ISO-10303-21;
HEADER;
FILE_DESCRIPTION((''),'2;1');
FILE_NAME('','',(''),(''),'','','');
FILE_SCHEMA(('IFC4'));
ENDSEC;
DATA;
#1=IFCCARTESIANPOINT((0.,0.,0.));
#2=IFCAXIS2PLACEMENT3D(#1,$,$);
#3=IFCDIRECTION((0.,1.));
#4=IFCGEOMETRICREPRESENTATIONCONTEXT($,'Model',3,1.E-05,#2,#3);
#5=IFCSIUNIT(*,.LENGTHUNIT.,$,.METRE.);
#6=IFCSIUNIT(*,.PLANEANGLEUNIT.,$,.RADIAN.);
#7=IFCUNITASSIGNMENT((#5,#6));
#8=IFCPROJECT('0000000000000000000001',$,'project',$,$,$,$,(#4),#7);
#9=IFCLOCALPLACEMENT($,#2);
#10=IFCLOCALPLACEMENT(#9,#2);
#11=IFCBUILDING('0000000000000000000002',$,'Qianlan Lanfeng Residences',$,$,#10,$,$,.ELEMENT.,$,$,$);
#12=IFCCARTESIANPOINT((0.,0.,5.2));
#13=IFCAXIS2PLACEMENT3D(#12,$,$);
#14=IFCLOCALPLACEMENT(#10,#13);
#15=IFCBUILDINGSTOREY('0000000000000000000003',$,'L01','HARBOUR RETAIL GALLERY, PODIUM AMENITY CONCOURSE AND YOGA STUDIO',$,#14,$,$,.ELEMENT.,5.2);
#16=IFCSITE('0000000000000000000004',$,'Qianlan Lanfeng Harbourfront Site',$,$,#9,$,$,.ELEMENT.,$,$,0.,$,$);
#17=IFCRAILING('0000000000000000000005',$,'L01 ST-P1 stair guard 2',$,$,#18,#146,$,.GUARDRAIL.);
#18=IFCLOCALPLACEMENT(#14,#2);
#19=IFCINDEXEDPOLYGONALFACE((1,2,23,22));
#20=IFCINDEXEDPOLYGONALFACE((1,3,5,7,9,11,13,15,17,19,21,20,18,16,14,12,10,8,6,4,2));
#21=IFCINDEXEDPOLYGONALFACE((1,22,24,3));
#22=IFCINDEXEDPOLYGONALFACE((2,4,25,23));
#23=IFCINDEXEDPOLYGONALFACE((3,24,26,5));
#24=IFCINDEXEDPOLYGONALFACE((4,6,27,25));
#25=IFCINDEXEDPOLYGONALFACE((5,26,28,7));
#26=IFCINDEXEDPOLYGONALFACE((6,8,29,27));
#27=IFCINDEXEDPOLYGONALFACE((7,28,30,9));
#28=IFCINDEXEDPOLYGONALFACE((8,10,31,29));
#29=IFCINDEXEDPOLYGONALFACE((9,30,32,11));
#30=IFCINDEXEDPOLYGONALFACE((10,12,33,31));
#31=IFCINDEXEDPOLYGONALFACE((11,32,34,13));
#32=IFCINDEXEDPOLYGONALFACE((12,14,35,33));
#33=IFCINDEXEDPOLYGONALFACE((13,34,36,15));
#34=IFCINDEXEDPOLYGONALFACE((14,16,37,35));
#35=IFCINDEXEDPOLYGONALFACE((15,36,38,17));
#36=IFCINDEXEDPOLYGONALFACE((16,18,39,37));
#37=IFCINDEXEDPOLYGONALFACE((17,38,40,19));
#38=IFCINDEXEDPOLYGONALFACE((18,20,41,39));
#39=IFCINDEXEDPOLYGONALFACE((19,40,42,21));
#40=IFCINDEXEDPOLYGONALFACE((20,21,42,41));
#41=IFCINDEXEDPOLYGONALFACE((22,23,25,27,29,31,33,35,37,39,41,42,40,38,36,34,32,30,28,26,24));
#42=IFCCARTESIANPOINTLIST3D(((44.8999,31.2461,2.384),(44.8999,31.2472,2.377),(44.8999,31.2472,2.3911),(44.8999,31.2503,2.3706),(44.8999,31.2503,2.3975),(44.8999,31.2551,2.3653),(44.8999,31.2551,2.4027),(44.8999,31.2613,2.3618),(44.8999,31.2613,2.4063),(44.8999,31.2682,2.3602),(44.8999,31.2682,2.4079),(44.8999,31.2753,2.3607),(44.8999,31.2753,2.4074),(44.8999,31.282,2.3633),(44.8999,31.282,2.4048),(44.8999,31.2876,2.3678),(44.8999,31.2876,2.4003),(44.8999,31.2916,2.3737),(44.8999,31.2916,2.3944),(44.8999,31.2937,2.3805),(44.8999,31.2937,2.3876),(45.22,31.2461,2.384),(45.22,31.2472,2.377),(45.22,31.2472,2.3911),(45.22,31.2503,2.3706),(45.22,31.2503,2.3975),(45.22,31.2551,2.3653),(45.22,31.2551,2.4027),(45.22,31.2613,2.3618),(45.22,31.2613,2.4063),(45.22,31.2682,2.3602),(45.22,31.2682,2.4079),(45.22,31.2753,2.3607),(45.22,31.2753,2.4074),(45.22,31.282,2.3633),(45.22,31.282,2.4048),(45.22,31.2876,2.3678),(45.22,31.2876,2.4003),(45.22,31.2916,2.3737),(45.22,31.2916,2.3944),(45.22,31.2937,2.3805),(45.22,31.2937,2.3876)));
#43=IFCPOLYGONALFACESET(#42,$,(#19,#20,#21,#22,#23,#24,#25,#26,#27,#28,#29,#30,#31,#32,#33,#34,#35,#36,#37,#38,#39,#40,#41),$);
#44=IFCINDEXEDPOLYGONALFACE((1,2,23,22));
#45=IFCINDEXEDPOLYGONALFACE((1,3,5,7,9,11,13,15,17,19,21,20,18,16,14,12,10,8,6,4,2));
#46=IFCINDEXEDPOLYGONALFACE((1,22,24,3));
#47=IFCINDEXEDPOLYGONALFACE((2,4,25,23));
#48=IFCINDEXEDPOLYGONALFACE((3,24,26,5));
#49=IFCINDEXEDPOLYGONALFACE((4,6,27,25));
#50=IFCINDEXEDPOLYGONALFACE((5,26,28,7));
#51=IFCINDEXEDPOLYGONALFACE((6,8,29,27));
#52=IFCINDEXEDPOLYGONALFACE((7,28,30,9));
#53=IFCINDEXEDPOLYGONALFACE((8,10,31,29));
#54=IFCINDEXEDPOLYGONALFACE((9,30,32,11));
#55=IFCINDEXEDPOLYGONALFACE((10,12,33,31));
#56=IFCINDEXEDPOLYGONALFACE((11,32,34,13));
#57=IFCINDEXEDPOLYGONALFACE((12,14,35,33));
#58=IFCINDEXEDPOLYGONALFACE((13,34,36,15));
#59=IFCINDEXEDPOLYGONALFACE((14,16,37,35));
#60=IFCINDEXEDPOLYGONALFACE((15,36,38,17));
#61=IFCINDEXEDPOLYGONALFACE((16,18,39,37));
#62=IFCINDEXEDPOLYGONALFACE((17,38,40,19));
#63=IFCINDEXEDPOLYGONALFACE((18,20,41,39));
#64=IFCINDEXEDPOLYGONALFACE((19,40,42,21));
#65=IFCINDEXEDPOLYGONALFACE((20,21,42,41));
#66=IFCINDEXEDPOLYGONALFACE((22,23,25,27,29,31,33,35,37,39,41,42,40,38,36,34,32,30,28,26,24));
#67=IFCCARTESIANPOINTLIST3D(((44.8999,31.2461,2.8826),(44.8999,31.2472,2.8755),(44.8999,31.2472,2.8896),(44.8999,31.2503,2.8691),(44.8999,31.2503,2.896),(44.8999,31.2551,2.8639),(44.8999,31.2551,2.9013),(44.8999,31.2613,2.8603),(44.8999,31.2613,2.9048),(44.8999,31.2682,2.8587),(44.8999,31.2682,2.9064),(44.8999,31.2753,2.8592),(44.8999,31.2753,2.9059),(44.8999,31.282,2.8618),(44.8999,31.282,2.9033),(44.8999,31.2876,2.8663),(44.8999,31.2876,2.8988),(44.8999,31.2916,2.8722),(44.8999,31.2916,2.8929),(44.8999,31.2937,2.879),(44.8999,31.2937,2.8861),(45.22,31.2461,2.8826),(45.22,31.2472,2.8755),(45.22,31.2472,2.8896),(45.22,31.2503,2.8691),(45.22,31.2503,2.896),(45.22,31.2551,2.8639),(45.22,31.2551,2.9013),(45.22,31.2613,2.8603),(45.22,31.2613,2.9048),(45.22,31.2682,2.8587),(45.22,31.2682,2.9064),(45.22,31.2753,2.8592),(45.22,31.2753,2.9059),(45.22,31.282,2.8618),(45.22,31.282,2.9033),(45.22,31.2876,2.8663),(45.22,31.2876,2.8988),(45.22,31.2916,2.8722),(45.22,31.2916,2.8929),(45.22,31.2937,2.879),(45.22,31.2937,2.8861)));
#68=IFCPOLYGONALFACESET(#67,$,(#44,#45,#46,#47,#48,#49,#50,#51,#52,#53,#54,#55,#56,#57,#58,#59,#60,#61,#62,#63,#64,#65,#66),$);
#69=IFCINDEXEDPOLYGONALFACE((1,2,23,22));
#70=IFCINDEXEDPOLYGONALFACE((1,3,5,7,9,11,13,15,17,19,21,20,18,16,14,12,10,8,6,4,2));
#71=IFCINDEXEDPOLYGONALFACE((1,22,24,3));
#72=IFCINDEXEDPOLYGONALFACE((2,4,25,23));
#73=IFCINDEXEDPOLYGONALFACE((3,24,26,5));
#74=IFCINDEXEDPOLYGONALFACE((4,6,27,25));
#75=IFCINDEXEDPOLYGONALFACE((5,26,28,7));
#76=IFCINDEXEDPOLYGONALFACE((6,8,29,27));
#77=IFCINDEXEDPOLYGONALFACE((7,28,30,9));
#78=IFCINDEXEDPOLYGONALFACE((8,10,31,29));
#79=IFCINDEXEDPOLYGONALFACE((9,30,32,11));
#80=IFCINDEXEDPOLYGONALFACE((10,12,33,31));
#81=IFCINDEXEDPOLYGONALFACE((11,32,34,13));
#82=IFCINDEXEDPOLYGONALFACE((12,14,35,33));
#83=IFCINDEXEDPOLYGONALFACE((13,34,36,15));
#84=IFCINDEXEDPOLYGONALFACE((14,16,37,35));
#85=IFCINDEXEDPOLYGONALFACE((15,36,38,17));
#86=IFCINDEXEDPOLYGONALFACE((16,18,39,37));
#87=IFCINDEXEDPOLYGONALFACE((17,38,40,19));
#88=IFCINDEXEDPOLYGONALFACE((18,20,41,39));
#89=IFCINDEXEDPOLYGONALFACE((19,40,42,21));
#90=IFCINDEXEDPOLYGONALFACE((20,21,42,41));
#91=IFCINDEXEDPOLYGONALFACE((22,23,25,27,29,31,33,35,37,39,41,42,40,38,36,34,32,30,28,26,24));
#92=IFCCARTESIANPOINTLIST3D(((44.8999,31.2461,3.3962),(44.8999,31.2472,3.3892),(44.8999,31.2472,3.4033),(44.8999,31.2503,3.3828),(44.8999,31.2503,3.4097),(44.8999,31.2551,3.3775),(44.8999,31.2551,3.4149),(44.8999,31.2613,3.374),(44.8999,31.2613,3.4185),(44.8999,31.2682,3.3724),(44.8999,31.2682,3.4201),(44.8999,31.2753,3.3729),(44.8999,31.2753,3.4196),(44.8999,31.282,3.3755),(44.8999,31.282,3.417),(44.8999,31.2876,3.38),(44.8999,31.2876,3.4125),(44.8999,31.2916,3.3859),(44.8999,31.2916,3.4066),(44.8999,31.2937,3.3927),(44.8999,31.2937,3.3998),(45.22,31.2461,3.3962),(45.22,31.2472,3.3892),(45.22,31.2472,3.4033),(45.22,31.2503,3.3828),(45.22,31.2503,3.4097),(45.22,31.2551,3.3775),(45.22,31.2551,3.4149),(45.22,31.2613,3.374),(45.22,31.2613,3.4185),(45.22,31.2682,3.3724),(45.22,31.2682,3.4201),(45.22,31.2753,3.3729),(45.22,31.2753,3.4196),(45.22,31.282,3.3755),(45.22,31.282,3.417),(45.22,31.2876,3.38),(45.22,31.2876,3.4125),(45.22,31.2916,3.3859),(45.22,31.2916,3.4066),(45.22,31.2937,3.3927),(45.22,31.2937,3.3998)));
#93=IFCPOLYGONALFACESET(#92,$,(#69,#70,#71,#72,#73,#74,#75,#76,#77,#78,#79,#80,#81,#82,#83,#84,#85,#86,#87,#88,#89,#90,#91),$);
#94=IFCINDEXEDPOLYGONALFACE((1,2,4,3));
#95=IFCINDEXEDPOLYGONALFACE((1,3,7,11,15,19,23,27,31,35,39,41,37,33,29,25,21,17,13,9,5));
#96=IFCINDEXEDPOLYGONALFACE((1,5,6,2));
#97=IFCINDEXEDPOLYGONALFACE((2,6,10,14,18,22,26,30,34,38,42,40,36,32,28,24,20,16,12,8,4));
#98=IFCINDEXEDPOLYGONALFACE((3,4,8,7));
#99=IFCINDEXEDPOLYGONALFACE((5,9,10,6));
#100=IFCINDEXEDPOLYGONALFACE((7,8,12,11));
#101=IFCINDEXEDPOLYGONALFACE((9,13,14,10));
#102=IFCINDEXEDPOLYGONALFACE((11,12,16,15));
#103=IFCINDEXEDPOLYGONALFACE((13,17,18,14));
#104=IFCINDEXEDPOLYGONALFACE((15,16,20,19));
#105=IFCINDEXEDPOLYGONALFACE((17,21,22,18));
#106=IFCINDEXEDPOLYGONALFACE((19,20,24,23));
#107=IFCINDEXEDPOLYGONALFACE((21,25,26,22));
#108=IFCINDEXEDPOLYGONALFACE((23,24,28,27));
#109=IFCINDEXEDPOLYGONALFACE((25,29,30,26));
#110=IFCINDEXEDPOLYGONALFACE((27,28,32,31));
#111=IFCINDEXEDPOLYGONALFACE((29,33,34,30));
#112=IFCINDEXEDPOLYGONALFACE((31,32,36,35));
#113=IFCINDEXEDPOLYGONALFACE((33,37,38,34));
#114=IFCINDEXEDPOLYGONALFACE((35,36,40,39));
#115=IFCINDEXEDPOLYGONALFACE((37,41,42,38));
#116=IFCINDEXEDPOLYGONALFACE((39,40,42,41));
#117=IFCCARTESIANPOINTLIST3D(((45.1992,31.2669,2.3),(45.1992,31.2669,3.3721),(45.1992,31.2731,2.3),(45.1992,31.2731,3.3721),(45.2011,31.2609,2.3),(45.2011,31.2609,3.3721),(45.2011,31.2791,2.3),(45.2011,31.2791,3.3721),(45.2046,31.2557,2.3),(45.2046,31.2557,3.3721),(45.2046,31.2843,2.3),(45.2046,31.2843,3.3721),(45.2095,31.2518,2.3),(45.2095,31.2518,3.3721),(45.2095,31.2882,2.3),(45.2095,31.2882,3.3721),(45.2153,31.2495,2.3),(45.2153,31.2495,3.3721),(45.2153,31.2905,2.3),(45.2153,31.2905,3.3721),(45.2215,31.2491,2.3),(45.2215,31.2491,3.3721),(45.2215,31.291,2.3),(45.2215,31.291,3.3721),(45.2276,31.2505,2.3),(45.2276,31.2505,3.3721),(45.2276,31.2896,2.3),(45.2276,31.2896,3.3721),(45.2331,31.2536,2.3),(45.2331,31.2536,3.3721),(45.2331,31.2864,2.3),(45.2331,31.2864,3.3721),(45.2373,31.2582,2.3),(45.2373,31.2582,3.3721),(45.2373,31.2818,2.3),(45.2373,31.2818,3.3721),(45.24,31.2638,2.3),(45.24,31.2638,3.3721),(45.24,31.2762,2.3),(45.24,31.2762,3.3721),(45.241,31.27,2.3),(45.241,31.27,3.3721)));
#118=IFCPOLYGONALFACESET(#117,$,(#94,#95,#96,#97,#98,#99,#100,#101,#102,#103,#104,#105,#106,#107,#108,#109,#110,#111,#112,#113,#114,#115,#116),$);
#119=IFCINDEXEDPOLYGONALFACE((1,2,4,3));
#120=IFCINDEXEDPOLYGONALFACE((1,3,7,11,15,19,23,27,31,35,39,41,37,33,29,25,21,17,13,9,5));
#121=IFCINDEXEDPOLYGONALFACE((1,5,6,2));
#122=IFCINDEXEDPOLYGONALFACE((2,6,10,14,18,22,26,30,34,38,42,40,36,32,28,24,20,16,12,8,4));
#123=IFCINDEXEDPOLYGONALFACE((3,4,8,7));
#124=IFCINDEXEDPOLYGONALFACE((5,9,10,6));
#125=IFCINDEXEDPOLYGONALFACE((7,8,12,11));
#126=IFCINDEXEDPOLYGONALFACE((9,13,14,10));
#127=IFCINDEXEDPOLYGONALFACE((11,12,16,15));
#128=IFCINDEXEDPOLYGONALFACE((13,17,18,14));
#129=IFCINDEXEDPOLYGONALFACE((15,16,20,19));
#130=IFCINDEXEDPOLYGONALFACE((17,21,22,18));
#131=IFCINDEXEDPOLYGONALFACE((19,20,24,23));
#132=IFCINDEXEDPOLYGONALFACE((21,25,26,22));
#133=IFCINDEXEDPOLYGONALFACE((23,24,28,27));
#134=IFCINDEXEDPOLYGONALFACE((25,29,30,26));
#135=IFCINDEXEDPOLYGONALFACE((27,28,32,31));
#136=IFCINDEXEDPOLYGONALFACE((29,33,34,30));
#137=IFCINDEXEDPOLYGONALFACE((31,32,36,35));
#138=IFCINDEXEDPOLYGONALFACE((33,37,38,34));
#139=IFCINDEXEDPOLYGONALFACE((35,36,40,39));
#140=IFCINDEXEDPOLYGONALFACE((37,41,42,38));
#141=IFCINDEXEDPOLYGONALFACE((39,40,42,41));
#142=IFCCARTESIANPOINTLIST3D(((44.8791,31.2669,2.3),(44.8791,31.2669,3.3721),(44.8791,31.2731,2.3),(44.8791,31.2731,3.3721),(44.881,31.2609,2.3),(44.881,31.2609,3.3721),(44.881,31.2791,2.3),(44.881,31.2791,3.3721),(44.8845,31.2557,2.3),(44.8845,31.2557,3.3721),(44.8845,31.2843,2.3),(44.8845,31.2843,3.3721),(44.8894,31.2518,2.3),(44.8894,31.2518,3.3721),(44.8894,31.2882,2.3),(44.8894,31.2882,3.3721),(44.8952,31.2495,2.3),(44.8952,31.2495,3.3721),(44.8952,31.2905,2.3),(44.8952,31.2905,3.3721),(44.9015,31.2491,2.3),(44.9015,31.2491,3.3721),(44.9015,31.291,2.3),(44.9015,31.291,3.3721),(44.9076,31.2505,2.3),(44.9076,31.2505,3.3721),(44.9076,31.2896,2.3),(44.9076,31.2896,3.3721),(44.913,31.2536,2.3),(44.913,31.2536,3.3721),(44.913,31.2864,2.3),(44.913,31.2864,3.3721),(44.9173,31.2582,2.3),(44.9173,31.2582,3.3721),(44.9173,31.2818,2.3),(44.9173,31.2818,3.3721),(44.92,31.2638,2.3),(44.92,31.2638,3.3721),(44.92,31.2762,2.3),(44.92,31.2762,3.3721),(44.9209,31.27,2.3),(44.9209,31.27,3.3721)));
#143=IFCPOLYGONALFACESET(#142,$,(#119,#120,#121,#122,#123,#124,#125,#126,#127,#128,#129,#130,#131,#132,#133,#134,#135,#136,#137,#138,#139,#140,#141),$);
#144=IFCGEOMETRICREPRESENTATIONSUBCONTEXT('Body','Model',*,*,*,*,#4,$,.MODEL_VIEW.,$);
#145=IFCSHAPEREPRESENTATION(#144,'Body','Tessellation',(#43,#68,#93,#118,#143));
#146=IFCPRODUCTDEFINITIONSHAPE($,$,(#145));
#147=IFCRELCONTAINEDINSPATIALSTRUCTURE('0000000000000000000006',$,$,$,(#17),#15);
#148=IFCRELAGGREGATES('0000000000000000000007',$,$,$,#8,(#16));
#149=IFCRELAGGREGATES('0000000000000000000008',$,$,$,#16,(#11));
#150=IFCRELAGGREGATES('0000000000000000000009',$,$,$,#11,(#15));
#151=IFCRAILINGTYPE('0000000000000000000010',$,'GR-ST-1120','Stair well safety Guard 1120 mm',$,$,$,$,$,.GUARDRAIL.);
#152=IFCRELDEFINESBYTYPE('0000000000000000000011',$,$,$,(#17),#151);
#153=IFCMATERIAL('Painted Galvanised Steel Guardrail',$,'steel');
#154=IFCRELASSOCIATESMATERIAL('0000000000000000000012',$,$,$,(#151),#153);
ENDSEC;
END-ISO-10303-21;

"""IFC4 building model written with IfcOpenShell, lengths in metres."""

from ifc_helpers import new_model, si_unit, direction, frame, origin, origin_2d, place, context, subcontext, project, spatial, circle, extrude, material, type_object, element, save


model = new_model("IFC4")

# Units and contexts
model_context = context("Model", 3, precision=1e-05, world=origin(), true_north=direction((0.0, 1.0)))
body_context = subcontext(model_context, "Body", "Model", "MODEL_VIEW")
ifc_project = project(units=[si_unit("LENGTHUNIT", "METRE"), si_unit("PLANEANGLEUNIT", "RADIAN")], contexts=[model_context])

# Site, building, storey
site_placement = place(None, origin())
site = spatial("IfcSite", under=ifc_project, at=site_placement, Name="Qianlan Lanfeng Harbourfront Site", CompositionType="ELEMENT", RefElevation=0.0)
building_placement = place(site_placement, origin())
building = spatial("IfcBuilding", under=site, at=building_placement, Name="Qianlan Lanfeng Residences", CompositionType="ELEMENT")
storey_placement = place(building_placement, frame((0.0, 0.0, 5.2)))
storey = spatial("IfcBuildingStorey", under=building, at=storey_placement, Name="L01", Description="HARBOUR RETAIL GALLERY, PODIUM AMENITY CONCOURSE AND YOGA STUDIO", CompositionType="ELEMENT", Elevation=5.2)

# Railing
ifc_material_1 = material(Name="Painted Galvanised Steel Guardrail", Category="steel")
railing_type_1 = type_object("IfcRailingType", Name="GR-ST-1120", Description="Stair well safety Guard 1120 mm", PredefinedType="GUARDRAIL", material=ifc_material_1)
railing_1_placement = place(storey_placement, frame((45.22, 31.27, 2.3)))
element("IfcRailing", 1, at=railing_1_placement, inside=storey, type_object=railing_type_1, Name="L01 ST-P1 stair guard 2", PredefinedType="GUARDRAIL", context=body_context, shape_type="SweptSolid", body=[
    extrude(circle(Radius=0.0239, at=origin_2d()), frame((0.0, 0.0, 0.084), z_axis=(-1.0, 0.0, 0.0), x_axis=(0.0, -1.0, 0.0)), (0.0, 0.0, 1.0), 0.3201),
    extrude(circle(Radius=0.0239, at=origin_2d()), frame((0.0, 0.0, 0.5825), z_axis=(-1.0, 0.0, 0.0), x_axis=(0.0, -1.0, 0.0)), (0.0, 0.0, 1.0), 0.3201),
    extrude(circle(Radius=0.0239, at=origin_2d()), frame((0.0, 0.0, 1.0962), z_axis=(-1.0, 0.0, 0.0), x_axis=(0.0, -1.0, 0.0)), (0.0, 0.0, 1.0), 0.3201),
    extrude(circle(Radius=0.021, at=origin_2d()), origin(), (0.0, 0.0, 1.0), 1.072),
    extrude(circle(Radius=0.021, at=origin_2d()), frame((-0.3201, 0.0, 0.0)), (0.0, 0.0, 1.0), 1.072),
])

save(model, "model.ifc")
